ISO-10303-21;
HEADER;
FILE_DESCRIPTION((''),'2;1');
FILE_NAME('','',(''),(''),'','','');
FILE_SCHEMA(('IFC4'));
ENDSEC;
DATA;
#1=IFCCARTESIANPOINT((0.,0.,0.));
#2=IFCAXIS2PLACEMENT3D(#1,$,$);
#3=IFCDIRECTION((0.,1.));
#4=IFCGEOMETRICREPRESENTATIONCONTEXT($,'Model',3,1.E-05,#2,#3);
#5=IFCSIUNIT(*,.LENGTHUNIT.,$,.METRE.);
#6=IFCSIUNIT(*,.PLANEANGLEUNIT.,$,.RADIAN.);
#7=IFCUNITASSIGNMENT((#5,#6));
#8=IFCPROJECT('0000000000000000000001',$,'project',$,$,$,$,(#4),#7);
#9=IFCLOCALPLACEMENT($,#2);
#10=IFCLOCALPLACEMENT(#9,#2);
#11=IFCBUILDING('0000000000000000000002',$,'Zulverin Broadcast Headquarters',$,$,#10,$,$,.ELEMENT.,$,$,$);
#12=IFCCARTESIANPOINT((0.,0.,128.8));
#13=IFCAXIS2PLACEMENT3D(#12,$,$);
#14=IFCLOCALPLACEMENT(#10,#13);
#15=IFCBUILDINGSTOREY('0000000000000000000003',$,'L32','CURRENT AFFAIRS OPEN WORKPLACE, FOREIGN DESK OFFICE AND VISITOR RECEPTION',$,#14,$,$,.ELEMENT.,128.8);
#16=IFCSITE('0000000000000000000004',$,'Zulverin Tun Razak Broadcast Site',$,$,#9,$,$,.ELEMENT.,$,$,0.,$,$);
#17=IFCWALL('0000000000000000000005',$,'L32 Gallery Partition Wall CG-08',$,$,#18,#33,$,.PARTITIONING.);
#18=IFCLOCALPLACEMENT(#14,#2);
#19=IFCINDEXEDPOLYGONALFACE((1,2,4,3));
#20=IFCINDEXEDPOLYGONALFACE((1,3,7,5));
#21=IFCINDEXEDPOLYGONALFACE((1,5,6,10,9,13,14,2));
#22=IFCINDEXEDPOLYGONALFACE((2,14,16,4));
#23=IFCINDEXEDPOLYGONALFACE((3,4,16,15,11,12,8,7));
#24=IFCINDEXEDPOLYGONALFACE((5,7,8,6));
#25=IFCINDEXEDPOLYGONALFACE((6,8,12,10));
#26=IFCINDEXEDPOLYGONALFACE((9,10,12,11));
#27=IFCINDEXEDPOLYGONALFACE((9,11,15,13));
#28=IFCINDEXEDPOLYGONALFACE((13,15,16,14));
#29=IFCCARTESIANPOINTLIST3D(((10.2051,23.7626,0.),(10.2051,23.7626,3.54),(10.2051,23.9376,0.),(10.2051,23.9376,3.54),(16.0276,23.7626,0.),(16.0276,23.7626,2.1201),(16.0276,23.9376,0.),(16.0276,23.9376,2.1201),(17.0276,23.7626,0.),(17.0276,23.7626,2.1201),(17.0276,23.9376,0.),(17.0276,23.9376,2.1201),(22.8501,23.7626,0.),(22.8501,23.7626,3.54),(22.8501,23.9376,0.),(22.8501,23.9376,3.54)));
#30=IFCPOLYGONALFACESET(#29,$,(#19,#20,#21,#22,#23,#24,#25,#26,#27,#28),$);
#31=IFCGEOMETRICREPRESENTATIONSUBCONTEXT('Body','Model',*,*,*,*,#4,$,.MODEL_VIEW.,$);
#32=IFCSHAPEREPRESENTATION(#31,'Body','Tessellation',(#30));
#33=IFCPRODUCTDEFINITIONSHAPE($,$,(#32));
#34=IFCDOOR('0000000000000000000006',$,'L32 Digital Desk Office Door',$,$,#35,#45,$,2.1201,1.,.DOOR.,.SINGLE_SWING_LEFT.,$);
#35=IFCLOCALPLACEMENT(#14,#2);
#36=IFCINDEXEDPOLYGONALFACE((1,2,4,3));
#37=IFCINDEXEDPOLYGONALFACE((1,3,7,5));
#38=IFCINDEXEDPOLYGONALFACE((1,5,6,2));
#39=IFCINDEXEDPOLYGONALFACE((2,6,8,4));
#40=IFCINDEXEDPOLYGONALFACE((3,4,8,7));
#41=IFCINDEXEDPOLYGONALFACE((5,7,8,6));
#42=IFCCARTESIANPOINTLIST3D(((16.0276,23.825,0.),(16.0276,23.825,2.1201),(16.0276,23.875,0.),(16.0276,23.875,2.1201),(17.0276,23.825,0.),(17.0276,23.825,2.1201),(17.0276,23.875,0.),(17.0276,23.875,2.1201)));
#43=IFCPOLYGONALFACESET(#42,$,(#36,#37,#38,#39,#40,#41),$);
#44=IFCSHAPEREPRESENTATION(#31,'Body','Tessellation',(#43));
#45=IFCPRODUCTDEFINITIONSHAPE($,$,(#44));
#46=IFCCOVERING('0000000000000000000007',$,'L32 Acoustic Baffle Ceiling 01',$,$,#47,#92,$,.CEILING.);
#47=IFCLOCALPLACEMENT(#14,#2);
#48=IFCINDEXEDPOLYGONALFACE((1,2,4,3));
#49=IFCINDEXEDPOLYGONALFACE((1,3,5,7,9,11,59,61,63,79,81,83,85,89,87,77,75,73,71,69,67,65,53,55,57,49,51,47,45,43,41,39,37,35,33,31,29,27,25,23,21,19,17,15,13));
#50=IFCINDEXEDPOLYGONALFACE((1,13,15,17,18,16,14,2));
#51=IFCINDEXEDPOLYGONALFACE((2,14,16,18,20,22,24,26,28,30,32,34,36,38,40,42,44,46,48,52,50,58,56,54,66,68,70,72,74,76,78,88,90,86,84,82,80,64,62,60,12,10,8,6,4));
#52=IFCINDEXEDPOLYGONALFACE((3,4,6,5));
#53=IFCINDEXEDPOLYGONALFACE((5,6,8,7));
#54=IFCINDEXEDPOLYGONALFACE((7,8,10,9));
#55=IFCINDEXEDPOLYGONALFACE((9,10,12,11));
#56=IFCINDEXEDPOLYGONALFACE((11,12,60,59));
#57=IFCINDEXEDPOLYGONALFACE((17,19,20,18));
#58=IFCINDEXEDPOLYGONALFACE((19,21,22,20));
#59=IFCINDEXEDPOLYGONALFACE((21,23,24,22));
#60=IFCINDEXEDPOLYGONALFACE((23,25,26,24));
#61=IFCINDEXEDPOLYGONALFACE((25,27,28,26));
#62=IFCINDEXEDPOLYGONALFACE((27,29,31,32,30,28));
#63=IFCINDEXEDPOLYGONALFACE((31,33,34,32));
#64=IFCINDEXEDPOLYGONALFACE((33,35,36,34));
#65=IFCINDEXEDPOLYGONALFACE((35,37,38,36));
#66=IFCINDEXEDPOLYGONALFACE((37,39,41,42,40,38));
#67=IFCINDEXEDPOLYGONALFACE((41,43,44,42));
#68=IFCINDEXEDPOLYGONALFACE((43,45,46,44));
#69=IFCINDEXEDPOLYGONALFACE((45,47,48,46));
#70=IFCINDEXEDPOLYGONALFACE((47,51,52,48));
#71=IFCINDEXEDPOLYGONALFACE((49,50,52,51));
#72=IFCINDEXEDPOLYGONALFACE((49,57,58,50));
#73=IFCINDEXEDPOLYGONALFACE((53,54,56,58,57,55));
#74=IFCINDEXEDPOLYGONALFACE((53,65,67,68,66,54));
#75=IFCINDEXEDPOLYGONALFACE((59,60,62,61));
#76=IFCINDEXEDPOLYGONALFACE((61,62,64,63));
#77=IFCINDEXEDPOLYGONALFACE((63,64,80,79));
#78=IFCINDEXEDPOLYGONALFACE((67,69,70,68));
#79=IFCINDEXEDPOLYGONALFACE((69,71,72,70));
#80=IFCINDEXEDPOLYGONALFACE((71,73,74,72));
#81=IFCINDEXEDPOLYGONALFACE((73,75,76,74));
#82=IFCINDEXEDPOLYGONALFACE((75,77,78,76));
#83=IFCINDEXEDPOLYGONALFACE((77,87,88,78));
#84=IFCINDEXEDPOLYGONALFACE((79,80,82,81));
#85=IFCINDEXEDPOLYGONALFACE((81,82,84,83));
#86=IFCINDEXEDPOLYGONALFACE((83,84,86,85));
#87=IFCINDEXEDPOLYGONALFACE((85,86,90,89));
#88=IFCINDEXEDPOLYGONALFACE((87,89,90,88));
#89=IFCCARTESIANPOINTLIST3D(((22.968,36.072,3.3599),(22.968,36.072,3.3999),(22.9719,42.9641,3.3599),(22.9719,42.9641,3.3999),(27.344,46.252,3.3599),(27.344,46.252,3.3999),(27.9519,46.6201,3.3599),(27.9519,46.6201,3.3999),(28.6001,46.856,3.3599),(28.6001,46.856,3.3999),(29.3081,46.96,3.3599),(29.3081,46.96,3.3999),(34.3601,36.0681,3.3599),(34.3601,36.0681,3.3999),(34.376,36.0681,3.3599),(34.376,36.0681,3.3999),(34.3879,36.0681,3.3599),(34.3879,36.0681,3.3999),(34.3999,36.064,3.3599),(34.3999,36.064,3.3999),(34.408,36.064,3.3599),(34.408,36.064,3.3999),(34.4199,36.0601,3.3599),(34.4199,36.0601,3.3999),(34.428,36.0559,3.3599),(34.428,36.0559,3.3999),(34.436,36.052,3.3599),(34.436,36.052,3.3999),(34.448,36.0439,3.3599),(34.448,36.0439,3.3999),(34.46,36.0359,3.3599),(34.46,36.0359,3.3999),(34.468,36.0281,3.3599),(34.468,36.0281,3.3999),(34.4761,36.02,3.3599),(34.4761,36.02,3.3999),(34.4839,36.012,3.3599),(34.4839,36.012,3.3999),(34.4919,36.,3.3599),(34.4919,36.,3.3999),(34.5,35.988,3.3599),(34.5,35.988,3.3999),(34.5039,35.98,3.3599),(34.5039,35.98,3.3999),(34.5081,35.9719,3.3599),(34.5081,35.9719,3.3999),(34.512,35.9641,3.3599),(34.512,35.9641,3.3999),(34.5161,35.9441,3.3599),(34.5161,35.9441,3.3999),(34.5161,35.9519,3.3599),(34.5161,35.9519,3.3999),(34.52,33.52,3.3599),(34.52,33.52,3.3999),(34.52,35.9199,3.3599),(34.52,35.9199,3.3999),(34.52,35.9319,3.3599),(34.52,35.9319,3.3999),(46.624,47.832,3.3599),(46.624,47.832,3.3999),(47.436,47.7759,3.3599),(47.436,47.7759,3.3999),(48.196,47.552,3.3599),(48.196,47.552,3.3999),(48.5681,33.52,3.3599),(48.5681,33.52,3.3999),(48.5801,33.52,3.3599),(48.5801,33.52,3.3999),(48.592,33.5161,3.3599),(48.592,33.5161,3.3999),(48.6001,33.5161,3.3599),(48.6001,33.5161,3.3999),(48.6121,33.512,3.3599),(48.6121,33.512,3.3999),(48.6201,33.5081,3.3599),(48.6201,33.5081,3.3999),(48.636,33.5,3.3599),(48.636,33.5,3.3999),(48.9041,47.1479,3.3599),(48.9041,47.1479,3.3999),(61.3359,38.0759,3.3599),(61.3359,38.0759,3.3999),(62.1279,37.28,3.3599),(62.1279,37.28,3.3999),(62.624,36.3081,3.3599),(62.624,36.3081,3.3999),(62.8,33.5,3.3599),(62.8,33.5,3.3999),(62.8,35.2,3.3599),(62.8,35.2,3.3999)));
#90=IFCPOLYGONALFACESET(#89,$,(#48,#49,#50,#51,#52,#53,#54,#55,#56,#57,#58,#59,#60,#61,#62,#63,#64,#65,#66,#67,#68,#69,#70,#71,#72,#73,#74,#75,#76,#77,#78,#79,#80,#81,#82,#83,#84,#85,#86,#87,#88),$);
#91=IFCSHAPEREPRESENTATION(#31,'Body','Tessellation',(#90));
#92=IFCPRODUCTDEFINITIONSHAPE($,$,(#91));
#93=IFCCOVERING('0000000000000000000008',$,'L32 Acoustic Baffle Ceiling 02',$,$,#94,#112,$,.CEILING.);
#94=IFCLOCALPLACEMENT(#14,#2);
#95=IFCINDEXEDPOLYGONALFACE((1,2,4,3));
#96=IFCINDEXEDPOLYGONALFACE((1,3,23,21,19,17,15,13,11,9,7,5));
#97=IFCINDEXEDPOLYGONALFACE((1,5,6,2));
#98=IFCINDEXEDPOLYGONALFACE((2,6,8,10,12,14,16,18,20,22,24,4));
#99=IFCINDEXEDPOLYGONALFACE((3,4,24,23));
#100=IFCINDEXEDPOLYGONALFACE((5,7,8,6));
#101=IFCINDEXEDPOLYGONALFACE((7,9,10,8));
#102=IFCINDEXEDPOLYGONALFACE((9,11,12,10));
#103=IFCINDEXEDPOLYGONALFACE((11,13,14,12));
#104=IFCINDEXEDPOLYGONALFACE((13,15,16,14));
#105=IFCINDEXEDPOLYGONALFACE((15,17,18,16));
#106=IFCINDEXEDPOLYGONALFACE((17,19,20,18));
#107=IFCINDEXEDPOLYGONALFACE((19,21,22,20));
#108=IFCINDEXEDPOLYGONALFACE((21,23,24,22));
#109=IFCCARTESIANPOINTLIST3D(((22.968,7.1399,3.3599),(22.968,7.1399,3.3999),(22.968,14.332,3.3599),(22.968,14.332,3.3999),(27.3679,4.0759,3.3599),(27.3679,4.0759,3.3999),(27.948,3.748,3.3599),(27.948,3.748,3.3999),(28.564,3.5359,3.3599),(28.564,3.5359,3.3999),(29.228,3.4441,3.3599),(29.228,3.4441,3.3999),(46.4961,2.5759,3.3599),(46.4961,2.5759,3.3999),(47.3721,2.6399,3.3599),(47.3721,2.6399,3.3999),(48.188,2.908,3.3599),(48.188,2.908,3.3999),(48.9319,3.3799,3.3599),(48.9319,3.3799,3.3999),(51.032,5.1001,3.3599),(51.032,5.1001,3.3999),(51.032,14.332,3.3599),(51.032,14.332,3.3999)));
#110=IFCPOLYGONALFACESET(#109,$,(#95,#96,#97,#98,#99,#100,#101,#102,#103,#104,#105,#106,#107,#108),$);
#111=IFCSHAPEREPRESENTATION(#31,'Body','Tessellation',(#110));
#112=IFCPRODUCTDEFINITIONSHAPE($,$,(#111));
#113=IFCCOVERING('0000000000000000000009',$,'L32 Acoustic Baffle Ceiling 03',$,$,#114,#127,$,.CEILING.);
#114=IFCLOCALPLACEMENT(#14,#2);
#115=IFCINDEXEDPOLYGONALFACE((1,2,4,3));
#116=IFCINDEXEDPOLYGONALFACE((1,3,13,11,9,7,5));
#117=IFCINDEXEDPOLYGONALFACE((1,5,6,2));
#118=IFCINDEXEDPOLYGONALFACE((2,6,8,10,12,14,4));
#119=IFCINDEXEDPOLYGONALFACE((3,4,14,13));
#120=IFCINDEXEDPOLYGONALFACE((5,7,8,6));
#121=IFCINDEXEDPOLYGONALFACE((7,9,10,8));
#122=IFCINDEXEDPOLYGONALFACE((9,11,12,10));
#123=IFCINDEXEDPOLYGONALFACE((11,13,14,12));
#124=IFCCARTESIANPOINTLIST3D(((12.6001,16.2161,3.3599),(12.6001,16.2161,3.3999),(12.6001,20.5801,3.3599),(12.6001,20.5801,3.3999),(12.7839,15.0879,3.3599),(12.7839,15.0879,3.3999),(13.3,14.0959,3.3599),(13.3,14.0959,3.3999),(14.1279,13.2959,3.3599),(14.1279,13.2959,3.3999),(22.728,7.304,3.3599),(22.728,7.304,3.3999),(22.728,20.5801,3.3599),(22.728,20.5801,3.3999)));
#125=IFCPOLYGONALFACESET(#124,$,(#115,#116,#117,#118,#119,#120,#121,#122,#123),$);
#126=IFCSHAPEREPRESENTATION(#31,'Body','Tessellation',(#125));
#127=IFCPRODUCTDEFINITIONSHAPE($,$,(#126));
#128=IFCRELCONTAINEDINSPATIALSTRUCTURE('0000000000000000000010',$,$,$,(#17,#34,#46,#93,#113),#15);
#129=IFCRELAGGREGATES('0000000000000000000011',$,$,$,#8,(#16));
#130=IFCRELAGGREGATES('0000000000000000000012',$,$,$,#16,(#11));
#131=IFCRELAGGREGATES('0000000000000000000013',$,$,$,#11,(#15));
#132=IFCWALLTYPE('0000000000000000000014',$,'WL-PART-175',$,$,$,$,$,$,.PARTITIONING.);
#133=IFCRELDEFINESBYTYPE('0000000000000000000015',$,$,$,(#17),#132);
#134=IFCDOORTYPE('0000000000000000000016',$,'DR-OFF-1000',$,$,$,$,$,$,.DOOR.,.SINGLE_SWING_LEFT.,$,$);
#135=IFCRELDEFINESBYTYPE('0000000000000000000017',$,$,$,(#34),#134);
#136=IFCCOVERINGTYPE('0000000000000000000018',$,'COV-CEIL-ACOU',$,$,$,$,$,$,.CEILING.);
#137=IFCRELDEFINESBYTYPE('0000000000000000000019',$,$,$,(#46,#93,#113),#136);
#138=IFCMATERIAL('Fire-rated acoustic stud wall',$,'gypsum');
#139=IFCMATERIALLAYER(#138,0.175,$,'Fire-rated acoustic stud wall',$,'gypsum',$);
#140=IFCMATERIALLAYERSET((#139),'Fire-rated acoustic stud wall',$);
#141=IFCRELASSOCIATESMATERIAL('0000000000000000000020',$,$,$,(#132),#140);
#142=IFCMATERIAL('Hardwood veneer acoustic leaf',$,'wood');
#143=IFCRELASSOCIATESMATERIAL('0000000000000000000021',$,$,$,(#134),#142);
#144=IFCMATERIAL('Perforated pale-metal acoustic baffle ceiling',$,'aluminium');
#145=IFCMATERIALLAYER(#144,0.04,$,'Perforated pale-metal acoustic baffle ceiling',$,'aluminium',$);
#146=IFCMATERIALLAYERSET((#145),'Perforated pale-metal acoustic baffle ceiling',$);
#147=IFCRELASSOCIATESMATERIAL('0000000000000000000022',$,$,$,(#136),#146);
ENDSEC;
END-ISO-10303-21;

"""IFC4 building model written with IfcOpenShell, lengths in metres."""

from ifc_helpers import new_model, si_unit, direction, frame, frame_2d, origin, place, context, subcontext, project, spatial, polyline, rectangle, outline, extrude, material, layer, layer_set, type_object, element, fill, save


model = new_model("IFC4")

# Units and contexts
model_context = context("Model", 3, precision=1e-05, world=origin(), true_north=direction((0.0, 1.0)))
body_context = subcontext(model_context, "Body", "Model", "MODEL_VIEW")
ifc_project = project(units=[si_unit("LENGTHUNIT", "METRE"), si_unit("PLANEANGLEUNIT", "RADIAN")], contexts=[model_context])

# Site, building, storey
site_placement = place(None, origin())
site = spatial("IfcSite", under=ifc_project, at=site_placement, Name="Zulverin Tun Razak Broadcast Site", CompositionType="ELEMENT", RefElevation=0.0)
building_placement = place(site_placement, origin())
building = spatial("IfcBuilding", under=site, at=building_placement, Name="Zulverin Broadcast Headquarters", CompositionType="ELEMENT")
storey_placement = place(building_placement, frame((0.0, 0.0, 128.8)))
storey = spatial("IfcBuildingStorey", under=building, at=storey_placement, Name="L32", Description="CURRENT AFFAIRS OPEN WORKPLACE, FOREIGN DESK OFFICE AND VISITOR RECEPTION", CompositionType="ELEMENT", Elevation=128.8)

# Wall, opening, door
ifc_material_1 = material(Name="Fire-rated acoustic stud wall", Category="gypsum")
ifc_layer_1 = layer(ifc_material_1, 0.175, Name="Fire-rated acoustic stud wall", Category="gypsum")
ifc_layer_set_1 = layer_set([ifc_layer_1], Name="Fire-rated acoustic stud wall")
wall_type_1 = type_object("IfcWallType", Name="WL-PART-175", PredefinedType="PARTITIONING", material=ifc_layer_set_1)
wall_1_placement = place(storey_placement, frame((10.2051, 23.8501, 0.0), z_axis=(0.0, 0.0, 1.0), x_axis=(1.0, 0.0, 0.0)))
wall_1 = element("IfcWall", 1, at=wall_1_placement, inside=storey, type_object=wall_type_1, Name="L32 Gallery Partition Wall CG-08", PredefinedType="PARTITIONING", context=body_context, shape_type="SweptSolid", body=[
    extrude(rectangle(XDim=12.645, YDim=0.175, at=frame_2d((6.3225, 0.0))), origin(), (0.0, 0.0, 1.0), 3.54),
])
opening_placement = place(wall_1_placement, frame((5.8225, 0.0, 0.0)))
opening = element("IfcOpeningElement", 2, at=opening_placement, cuts=wall_1, PredefinedType="OPENING", context=body_context, shape_type="SweptSolid", body=[
    extrude(rectangle(XDim=1.0, YDim=2.1201, at=frame_2d((0.5, 1.0601))), frame((0.0, 0.0974, 0.0), z_axis=(0.0, -1.0, 0.0), x_axis=(1.0, 0.0, 0.0)), (0.0, 0.0, 1.0), 0.1951),
])
ifc_material_2 = material(Name="Hardwood veneer acoustic leaf", Category="wood")
door_type = type_object("IfcDoorType", Name="DR-OFF-1000", OperationType="SINGLE_SWING_LEFT", PredefinedType="DOOR", material=ifc_material_2)
door_placement = place(opening_placement, origin())
door = element("IfcDoor", 3, at=door_placement, inside=storey, type_object=door_type, Name="L32 Digital Desk Office Door", OperationType="SINGLE_SWING_LEFT", OverallHeight=2.1201, OverallWidth=1.0, PredefinedType="DOOR", context=body_context, shape_type="SweptSolid", body=[
    extrude(rectangle(XDim=1.0, YDim=2.1201, at=frame_2d((0.5, 1.0601))), frame((0.0, 0.0249, 0.0), z_axis=(0.0, -1.0, 0.0), x_axis=(1.0, 0.0, 0.0)), (0.0, 0.0, 1.0), 0.05),
])
fill(opening, door)

# Coverings
ifc_material_3 = material(Name="Perforated pale-metal acoustic baffle ceiling", Category="aluminium")
ifc_layer_2 = layer(ifc_material_3, 0.04, Name="Perforated pale-metal acoustic baffle ceiling", Category="aluminium")
ifc_layer_set_2 = layer_set([ifc_layer_2], Name="Perforated pale-metal acoustic baffle ceiling")
covering_type_1 = type_object("IfcCoveringType", Name="COV-CEIL-ACOU", PredefinedType="CEILING", material=ifc_layer_set_2)
covering_1_placement = place(storey_placement, frame((0.0, 0.0, 3.3599)))
element("IfcCovering", 4, at=covering_1_placement, inside=storey, type_object=covering_type_1, Name="L32 Acoustic Baffle Ceiling 01", PredefinedType="CEILING", context=body_context, shape_type="SweptSolid", body=[
    extrude(outline(polyline([(27.9519, 46.6201), (27.344, 46.252), (22.9719, 42.9641), (22.968, 36.072), (34.3601, 36.0681), (34.376, 36.0681), (34.3879, 36.0681), (34.3999, 36.064), (34.408, 36.064), (34.4199, 36.0601), (34.428, 36.0559), (34.436, 36.052), (34.448, 36.0439), (34.46, 36.0359), (34.468, 36.0281), (34.4761, 36.02), (34.4839, 36.012), (34.4919, 36.0), (34.5, 35.988), (34.5039, 35.98), (34.5081, 35.9719), (34.512, 35.9641), (34.5161, 35.9519), (34.5161, 35.9441), (34.52, 35.9319), (34.52, 35.9199), (34.52, 33.52), (48.5681, 33.52), (48.5801, 33.52), (48.592, 33.5161), (48.6001, 33.5161), (48.6121, 33.512), (48.6201, 33.5081), (48.636, 33.5), (62.8, 33.5), (62.8, 35.2), (62.624, 36.3081), (62.1279, 37.28), (61.3359, 38.0759), (48.9041, 47.1479), (48.196, 47.552), (47.436, 47.7759), (46.624, 47.832), (29.3081, 46.96), (28.6001, 46.856), (27.9519, 46.6201)])), origin(), (0.0, 0.0, 1.0), 0.04),
])
covering_2_placement = place(storey_placement, frame((0.0, 0.0, 3.3599)))
element("IfcCovering", 5, at=covering_2_placement, inside=storey, type_object=covering_type_1, Name="L32 Acoustic Baffle Ceiling 02", PredefinedType="CEILING", context=body_context, shape_type="SweptSolid", body=[
    extrude(outline(polyline([(28.564, 3.5359), (29.228, 3.4441), (46.4961, 2.5759), (47.3721, 2.6399), (48.188, 2.908), (48.9319, 3.3799), (51.032, 5.1001), (51.032, 14.332), (22.968, 14.332), (22.968, 7.1399), (27.3679, 4.0759), (27.948, 3.748), (28.564, 3.5359)])), origin(), (0.0, 0.0, 1.0), 0.04),
])
covering_3_placement = place(storey_placement, frame((0.0, 0.0, 3.3599)))
element("IfcCovering", 6, at=covering_3_placement, inside=storey, type_object=covering_type_1, Name="L32 Acoustic Baffle Ceiling 03", PredefinedType="CEILING", context=body_context, shape_type="SweptSolid", body=[
    extrude(outline(polyline([(22.728, 20.5801), (12.6001, 20.5801), (12.6001, 16.2161), (12.7839, 15.0879), (13.3, 14.0959), (14.1279, 13.2959), (22.728, 7.304), (22.728, 20.5801)])), origin(), (0.0, 0.0, 1.0), 0.04),
])

save(model, "model.ifc")
